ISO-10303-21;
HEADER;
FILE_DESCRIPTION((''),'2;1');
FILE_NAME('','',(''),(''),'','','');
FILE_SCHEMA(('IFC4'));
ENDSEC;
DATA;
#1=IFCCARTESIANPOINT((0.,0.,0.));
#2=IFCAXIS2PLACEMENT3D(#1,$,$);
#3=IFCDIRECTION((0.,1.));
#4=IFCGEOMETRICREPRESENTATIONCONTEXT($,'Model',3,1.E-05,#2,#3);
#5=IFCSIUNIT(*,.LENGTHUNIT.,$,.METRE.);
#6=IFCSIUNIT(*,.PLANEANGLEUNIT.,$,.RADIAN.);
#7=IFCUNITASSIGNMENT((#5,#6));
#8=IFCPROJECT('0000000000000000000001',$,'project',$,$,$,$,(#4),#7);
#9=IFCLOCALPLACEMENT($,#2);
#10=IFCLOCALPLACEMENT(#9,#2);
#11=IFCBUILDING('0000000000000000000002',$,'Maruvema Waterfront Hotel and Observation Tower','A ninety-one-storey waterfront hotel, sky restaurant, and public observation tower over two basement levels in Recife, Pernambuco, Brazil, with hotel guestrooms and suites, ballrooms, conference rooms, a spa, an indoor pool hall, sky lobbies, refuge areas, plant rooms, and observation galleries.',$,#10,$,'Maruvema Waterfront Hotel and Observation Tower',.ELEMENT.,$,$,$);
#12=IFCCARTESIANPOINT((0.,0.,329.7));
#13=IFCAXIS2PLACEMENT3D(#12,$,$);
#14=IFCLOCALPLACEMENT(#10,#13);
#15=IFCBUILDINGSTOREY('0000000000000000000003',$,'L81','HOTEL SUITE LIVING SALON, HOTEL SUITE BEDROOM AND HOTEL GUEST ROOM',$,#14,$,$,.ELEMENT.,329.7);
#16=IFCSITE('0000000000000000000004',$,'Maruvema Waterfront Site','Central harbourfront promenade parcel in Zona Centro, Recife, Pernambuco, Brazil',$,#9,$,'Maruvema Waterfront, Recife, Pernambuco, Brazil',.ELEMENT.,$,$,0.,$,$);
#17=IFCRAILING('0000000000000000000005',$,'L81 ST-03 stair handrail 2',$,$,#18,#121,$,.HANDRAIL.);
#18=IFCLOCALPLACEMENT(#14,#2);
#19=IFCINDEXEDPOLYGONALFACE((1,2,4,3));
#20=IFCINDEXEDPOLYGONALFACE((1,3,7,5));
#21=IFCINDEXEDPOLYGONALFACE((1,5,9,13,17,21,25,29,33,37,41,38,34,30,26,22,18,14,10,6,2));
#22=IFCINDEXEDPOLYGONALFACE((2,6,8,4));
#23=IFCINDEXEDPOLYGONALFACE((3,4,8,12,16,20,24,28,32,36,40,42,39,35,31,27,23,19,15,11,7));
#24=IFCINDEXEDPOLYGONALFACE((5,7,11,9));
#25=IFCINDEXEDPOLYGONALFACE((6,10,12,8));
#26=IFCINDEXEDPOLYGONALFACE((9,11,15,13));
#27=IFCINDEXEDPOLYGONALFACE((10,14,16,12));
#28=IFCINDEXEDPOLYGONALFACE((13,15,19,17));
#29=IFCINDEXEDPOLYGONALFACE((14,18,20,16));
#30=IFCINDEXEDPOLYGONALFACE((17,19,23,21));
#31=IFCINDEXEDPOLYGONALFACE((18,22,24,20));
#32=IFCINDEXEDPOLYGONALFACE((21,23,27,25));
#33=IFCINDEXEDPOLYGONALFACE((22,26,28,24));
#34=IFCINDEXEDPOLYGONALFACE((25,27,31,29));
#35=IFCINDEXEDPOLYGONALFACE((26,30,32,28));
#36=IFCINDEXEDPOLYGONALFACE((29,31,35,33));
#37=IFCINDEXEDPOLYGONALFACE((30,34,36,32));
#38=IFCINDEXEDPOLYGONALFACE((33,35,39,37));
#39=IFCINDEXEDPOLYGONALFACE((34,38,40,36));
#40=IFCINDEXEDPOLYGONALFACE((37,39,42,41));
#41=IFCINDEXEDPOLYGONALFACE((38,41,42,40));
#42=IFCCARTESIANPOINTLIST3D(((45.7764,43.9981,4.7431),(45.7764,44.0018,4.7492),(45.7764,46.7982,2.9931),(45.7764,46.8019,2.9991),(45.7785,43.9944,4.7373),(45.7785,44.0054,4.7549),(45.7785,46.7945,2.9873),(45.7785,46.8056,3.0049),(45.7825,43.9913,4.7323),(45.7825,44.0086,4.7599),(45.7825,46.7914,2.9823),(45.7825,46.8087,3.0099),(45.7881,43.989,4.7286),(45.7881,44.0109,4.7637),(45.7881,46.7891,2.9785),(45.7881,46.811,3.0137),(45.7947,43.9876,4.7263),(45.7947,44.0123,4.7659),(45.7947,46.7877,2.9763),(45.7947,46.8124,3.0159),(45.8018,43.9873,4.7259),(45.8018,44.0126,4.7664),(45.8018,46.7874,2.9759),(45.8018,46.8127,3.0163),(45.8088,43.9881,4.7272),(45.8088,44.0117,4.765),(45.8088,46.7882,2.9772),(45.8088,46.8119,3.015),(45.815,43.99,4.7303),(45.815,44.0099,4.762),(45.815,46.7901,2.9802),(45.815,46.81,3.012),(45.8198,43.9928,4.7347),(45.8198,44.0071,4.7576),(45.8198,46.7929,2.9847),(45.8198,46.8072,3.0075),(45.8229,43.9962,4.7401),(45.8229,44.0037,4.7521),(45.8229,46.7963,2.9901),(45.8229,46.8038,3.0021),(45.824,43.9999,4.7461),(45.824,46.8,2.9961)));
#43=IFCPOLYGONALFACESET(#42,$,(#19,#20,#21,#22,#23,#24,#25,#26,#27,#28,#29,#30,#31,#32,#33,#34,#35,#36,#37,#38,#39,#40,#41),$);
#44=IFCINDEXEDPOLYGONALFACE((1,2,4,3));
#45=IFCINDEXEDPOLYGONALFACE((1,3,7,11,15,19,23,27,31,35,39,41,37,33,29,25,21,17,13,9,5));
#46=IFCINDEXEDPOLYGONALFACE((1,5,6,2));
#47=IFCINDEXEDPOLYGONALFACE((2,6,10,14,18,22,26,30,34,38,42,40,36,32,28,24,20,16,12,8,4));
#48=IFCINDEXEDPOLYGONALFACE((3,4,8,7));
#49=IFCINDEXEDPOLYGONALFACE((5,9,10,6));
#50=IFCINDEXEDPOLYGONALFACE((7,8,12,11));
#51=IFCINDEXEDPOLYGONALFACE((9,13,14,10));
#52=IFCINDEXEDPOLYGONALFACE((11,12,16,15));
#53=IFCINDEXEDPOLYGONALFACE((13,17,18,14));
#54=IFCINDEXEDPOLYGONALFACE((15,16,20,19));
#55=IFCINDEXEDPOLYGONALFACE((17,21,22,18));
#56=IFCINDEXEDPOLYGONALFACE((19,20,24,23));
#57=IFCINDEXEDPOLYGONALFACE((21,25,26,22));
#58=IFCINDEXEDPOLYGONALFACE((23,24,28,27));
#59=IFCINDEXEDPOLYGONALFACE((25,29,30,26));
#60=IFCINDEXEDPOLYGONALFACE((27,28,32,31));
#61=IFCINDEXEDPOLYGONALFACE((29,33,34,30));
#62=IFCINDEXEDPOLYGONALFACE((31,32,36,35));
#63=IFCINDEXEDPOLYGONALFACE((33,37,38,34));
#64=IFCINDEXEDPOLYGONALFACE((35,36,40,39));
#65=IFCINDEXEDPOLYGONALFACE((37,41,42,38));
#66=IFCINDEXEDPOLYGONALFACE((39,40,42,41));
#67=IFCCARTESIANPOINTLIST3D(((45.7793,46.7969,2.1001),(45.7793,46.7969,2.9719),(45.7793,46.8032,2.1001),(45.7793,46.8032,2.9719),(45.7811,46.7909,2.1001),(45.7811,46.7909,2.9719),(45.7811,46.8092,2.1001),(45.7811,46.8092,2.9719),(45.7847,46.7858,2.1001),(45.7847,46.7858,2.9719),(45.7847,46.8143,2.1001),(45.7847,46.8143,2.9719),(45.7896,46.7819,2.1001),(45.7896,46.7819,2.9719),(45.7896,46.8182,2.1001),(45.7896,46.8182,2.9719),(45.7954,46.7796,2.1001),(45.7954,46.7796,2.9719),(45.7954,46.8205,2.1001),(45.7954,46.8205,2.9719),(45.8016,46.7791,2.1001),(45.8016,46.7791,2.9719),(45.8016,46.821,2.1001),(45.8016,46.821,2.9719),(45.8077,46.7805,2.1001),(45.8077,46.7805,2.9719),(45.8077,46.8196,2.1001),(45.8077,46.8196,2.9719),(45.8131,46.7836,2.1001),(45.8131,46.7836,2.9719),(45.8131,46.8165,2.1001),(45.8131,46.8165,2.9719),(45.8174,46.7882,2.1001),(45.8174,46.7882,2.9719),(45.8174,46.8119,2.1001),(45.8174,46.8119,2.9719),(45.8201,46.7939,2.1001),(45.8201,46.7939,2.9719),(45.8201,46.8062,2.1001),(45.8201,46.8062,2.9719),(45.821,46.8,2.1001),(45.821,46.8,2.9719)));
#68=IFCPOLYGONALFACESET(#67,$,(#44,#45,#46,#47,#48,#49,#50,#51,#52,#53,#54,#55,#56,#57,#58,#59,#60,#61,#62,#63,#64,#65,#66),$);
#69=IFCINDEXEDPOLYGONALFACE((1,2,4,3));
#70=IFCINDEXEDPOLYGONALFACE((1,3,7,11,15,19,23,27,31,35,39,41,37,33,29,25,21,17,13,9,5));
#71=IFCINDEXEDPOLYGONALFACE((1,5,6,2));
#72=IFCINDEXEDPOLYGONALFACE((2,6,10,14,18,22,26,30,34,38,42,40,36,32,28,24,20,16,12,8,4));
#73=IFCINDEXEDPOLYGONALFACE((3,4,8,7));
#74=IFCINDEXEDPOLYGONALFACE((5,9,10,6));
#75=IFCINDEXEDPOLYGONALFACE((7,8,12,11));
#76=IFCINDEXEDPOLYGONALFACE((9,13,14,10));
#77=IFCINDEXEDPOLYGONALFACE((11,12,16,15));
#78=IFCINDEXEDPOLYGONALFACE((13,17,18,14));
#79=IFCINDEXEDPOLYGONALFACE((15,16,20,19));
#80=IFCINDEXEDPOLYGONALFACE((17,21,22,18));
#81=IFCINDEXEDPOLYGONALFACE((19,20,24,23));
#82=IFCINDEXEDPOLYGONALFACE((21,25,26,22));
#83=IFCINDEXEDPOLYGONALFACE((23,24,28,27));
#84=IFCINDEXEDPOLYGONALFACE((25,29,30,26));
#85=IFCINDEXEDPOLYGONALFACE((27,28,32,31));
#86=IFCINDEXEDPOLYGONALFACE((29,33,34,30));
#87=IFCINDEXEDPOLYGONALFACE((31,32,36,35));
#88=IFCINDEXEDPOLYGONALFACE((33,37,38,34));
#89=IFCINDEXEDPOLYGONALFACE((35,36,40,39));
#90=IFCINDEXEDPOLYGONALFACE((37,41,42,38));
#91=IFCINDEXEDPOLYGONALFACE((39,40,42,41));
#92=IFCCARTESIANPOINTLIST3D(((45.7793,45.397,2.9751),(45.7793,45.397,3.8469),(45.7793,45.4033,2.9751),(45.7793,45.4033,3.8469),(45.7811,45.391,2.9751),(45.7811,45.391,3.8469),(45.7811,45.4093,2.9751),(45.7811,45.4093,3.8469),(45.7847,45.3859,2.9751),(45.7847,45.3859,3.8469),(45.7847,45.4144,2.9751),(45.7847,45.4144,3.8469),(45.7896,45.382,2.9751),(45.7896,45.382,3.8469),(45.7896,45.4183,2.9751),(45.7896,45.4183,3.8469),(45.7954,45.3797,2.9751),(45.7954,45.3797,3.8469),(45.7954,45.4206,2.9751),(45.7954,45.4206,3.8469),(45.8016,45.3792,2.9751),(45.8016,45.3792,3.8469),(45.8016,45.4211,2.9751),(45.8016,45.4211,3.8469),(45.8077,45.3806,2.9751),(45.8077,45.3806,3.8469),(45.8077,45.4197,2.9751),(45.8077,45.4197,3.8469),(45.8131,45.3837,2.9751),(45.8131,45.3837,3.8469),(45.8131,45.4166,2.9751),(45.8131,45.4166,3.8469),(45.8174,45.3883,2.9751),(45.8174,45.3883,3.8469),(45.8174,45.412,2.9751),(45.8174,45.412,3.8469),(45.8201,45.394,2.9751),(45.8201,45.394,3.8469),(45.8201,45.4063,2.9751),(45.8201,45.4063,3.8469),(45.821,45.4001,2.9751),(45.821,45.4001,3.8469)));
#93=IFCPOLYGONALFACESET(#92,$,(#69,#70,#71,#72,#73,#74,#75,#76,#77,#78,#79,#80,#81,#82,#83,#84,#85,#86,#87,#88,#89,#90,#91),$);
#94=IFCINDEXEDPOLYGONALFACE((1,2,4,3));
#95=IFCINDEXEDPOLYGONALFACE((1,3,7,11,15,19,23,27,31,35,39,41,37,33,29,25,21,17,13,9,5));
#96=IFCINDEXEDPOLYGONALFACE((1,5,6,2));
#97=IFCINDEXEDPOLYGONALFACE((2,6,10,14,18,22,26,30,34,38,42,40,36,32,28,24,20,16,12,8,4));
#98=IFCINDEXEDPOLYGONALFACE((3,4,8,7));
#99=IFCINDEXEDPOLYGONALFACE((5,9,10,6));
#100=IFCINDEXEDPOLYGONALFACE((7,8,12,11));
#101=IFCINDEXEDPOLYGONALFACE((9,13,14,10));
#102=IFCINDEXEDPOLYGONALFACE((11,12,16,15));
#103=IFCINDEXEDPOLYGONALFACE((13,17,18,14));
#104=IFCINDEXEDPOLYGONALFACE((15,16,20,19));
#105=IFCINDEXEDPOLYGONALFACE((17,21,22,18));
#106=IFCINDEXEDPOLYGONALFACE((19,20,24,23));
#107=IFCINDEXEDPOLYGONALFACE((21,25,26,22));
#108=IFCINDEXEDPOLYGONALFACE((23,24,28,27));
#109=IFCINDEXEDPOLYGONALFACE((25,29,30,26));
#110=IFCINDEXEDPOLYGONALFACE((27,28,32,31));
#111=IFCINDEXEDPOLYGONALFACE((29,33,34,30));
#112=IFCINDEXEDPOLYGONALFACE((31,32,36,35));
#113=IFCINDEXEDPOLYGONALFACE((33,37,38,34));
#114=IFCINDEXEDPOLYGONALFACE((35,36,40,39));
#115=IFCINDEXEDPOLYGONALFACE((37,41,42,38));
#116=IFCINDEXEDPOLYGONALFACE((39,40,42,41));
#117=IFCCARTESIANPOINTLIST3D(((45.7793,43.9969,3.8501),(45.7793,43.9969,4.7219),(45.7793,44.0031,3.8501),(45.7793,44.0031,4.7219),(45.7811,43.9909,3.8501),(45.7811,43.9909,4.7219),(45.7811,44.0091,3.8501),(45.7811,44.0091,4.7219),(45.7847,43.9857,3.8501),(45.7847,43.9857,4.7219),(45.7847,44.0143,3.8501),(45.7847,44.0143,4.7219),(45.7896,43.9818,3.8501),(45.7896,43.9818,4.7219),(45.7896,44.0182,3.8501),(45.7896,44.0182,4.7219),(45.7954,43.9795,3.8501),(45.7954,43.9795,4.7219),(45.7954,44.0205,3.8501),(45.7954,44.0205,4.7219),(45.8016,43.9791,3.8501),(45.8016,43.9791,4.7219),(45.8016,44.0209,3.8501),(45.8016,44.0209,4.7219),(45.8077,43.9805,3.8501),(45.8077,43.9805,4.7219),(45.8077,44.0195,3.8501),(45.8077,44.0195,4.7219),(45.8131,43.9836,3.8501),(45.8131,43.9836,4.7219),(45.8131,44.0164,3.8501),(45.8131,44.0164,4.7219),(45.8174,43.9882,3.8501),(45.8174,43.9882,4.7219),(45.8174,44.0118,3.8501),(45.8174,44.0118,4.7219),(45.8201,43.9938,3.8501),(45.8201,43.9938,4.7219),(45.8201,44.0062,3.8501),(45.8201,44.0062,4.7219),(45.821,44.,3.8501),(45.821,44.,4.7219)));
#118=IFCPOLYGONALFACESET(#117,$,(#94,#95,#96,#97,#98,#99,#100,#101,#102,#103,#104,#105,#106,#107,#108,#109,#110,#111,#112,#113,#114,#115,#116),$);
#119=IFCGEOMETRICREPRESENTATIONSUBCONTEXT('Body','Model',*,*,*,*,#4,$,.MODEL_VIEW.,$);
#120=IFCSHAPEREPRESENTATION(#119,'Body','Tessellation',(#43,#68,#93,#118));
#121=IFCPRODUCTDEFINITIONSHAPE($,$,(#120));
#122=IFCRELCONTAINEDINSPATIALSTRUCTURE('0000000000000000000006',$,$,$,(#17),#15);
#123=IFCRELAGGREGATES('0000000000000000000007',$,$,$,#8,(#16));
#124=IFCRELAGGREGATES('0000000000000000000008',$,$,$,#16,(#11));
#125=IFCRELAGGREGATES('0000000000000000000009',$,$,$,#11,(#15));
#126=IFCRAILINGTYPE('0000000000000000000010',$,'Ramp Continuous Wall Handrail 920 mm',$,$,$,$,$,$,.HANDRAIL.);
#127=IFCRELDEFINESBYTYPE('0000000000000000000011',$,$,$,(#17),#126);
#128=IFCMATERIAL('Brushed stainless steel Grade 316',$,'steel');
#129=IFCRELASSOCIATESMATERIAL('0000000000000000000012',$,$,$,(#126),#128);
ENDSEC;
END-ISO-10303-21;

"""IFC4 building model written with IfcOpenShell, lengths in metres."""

from ifc_helpers import new_model, si_unit, direction, frame, origin, origin_2d, place, context, subcontext, project, spatial, circle, extrude, material, type_object, element, save


model = new_model("IFC4")

# Units and contexts
model_context = context("Model", 3, precision=1e-05, world=origin(), true_north=direction((0.0, 1.0)))
body_context = subcontext(model_context, "Body", "Model", "MODEL_VIEW")
ifc_project = project(units=[si_unit("LENGTHUNIT", "METRE"), si_unit("PLANEANGLEUNIT", "RADIAN")], contexts=[model_context])

# Site, building, storey
site_placement = place(None, origin())
site = spatial("IfcSite", under=ifc_project, at=site_placement, Name="Maruvema Waterfront Site", Description="Central harbourfront promenade parcel in Zona Centro, Recife, Pernambuco, Brazil", LongName="Maruvema Waterfront, Recife, Pernambuco, Brazil", CompositionType="ELEMENT", RefElevation=0.0)
building_placement = place(site_placement, origin())
building = spatial("IfcBuilding", under=site, at=building_placement, Name="Maruvema Waterfront Hotel and Observation Tower", Description="A ninety-one-storey waterfront hotel, sky restaurant, and public observation tower over two basement levels in Recife, Pernambuco, Brazil, with hotel guestrooms and suites, ballrooms, conference rooms, a spa, an indoor pool hall, sky lobbies, refuge areas, plant rooms, and observation galleries.", LongName="Maruvema Waterfront Hotel and Observation Tower", CompositionType="ELEMENT")
storey_placement = place(building_placement, frame((0.0, 0.0, 329.7)))
storey = spatial("IfcBuildingStorey", under=building, at=storey_placement, Name="L81", Description="HOTEL SUITE LIVING SALON, HOTEL SUITE BEDROOM AND HOTEL GUEST ROOM", CompositionType="ELEMENT", Elevation=329.7)

# Railing
ifc_material_1 = material(Name="Brushed stainless steel Grade 316", Category="steel")
railing_type_1 = type_object("IfcRailingType", Name="Ramp Continuous Wall Handrail 920 mm", PredefinedType="HANDRAIL", material=ifc_material_1)
railing_1_placement = place(storey_placement, frame((45.8, 46.8, 2.1001)))
element("IfcRailing", 1, at=railing_1_placement, inside=storey, type_object=railing_type_1, Name="L81 ST-03 stair handrail 2", PredefinedType="HANDRAIL", context=body_context, shape_type="SweptSolid", body=[
    extrude(circle(Radius=0.0239, at=origin_2d()), frame((0.0, 0.0, 0.896), z_axis=(0.0, -0.848002, 0.529992), x_axis=(1.0, 0.0, 0.0)), (0.0, 0.0, 1.0), 3.302),
    extrude(circle(Radius=0.021, at=origin_2d()), origin(), (0.0, 0.0, 1.0), 0.8718),
    extrude(circle(Radius=0.021, at=origin_2d()), frame((0.0, -1.3999, 0.875)), (0.0, 0.0, 1.0), 0.8718),
    extrude(circle(Radius=0.021, at=origin_2d()), frame((0.0, -2.8, 1.75)), (0.0, 0.0, 1.0), 0.8718),
])

save(model, "model.ifc")
